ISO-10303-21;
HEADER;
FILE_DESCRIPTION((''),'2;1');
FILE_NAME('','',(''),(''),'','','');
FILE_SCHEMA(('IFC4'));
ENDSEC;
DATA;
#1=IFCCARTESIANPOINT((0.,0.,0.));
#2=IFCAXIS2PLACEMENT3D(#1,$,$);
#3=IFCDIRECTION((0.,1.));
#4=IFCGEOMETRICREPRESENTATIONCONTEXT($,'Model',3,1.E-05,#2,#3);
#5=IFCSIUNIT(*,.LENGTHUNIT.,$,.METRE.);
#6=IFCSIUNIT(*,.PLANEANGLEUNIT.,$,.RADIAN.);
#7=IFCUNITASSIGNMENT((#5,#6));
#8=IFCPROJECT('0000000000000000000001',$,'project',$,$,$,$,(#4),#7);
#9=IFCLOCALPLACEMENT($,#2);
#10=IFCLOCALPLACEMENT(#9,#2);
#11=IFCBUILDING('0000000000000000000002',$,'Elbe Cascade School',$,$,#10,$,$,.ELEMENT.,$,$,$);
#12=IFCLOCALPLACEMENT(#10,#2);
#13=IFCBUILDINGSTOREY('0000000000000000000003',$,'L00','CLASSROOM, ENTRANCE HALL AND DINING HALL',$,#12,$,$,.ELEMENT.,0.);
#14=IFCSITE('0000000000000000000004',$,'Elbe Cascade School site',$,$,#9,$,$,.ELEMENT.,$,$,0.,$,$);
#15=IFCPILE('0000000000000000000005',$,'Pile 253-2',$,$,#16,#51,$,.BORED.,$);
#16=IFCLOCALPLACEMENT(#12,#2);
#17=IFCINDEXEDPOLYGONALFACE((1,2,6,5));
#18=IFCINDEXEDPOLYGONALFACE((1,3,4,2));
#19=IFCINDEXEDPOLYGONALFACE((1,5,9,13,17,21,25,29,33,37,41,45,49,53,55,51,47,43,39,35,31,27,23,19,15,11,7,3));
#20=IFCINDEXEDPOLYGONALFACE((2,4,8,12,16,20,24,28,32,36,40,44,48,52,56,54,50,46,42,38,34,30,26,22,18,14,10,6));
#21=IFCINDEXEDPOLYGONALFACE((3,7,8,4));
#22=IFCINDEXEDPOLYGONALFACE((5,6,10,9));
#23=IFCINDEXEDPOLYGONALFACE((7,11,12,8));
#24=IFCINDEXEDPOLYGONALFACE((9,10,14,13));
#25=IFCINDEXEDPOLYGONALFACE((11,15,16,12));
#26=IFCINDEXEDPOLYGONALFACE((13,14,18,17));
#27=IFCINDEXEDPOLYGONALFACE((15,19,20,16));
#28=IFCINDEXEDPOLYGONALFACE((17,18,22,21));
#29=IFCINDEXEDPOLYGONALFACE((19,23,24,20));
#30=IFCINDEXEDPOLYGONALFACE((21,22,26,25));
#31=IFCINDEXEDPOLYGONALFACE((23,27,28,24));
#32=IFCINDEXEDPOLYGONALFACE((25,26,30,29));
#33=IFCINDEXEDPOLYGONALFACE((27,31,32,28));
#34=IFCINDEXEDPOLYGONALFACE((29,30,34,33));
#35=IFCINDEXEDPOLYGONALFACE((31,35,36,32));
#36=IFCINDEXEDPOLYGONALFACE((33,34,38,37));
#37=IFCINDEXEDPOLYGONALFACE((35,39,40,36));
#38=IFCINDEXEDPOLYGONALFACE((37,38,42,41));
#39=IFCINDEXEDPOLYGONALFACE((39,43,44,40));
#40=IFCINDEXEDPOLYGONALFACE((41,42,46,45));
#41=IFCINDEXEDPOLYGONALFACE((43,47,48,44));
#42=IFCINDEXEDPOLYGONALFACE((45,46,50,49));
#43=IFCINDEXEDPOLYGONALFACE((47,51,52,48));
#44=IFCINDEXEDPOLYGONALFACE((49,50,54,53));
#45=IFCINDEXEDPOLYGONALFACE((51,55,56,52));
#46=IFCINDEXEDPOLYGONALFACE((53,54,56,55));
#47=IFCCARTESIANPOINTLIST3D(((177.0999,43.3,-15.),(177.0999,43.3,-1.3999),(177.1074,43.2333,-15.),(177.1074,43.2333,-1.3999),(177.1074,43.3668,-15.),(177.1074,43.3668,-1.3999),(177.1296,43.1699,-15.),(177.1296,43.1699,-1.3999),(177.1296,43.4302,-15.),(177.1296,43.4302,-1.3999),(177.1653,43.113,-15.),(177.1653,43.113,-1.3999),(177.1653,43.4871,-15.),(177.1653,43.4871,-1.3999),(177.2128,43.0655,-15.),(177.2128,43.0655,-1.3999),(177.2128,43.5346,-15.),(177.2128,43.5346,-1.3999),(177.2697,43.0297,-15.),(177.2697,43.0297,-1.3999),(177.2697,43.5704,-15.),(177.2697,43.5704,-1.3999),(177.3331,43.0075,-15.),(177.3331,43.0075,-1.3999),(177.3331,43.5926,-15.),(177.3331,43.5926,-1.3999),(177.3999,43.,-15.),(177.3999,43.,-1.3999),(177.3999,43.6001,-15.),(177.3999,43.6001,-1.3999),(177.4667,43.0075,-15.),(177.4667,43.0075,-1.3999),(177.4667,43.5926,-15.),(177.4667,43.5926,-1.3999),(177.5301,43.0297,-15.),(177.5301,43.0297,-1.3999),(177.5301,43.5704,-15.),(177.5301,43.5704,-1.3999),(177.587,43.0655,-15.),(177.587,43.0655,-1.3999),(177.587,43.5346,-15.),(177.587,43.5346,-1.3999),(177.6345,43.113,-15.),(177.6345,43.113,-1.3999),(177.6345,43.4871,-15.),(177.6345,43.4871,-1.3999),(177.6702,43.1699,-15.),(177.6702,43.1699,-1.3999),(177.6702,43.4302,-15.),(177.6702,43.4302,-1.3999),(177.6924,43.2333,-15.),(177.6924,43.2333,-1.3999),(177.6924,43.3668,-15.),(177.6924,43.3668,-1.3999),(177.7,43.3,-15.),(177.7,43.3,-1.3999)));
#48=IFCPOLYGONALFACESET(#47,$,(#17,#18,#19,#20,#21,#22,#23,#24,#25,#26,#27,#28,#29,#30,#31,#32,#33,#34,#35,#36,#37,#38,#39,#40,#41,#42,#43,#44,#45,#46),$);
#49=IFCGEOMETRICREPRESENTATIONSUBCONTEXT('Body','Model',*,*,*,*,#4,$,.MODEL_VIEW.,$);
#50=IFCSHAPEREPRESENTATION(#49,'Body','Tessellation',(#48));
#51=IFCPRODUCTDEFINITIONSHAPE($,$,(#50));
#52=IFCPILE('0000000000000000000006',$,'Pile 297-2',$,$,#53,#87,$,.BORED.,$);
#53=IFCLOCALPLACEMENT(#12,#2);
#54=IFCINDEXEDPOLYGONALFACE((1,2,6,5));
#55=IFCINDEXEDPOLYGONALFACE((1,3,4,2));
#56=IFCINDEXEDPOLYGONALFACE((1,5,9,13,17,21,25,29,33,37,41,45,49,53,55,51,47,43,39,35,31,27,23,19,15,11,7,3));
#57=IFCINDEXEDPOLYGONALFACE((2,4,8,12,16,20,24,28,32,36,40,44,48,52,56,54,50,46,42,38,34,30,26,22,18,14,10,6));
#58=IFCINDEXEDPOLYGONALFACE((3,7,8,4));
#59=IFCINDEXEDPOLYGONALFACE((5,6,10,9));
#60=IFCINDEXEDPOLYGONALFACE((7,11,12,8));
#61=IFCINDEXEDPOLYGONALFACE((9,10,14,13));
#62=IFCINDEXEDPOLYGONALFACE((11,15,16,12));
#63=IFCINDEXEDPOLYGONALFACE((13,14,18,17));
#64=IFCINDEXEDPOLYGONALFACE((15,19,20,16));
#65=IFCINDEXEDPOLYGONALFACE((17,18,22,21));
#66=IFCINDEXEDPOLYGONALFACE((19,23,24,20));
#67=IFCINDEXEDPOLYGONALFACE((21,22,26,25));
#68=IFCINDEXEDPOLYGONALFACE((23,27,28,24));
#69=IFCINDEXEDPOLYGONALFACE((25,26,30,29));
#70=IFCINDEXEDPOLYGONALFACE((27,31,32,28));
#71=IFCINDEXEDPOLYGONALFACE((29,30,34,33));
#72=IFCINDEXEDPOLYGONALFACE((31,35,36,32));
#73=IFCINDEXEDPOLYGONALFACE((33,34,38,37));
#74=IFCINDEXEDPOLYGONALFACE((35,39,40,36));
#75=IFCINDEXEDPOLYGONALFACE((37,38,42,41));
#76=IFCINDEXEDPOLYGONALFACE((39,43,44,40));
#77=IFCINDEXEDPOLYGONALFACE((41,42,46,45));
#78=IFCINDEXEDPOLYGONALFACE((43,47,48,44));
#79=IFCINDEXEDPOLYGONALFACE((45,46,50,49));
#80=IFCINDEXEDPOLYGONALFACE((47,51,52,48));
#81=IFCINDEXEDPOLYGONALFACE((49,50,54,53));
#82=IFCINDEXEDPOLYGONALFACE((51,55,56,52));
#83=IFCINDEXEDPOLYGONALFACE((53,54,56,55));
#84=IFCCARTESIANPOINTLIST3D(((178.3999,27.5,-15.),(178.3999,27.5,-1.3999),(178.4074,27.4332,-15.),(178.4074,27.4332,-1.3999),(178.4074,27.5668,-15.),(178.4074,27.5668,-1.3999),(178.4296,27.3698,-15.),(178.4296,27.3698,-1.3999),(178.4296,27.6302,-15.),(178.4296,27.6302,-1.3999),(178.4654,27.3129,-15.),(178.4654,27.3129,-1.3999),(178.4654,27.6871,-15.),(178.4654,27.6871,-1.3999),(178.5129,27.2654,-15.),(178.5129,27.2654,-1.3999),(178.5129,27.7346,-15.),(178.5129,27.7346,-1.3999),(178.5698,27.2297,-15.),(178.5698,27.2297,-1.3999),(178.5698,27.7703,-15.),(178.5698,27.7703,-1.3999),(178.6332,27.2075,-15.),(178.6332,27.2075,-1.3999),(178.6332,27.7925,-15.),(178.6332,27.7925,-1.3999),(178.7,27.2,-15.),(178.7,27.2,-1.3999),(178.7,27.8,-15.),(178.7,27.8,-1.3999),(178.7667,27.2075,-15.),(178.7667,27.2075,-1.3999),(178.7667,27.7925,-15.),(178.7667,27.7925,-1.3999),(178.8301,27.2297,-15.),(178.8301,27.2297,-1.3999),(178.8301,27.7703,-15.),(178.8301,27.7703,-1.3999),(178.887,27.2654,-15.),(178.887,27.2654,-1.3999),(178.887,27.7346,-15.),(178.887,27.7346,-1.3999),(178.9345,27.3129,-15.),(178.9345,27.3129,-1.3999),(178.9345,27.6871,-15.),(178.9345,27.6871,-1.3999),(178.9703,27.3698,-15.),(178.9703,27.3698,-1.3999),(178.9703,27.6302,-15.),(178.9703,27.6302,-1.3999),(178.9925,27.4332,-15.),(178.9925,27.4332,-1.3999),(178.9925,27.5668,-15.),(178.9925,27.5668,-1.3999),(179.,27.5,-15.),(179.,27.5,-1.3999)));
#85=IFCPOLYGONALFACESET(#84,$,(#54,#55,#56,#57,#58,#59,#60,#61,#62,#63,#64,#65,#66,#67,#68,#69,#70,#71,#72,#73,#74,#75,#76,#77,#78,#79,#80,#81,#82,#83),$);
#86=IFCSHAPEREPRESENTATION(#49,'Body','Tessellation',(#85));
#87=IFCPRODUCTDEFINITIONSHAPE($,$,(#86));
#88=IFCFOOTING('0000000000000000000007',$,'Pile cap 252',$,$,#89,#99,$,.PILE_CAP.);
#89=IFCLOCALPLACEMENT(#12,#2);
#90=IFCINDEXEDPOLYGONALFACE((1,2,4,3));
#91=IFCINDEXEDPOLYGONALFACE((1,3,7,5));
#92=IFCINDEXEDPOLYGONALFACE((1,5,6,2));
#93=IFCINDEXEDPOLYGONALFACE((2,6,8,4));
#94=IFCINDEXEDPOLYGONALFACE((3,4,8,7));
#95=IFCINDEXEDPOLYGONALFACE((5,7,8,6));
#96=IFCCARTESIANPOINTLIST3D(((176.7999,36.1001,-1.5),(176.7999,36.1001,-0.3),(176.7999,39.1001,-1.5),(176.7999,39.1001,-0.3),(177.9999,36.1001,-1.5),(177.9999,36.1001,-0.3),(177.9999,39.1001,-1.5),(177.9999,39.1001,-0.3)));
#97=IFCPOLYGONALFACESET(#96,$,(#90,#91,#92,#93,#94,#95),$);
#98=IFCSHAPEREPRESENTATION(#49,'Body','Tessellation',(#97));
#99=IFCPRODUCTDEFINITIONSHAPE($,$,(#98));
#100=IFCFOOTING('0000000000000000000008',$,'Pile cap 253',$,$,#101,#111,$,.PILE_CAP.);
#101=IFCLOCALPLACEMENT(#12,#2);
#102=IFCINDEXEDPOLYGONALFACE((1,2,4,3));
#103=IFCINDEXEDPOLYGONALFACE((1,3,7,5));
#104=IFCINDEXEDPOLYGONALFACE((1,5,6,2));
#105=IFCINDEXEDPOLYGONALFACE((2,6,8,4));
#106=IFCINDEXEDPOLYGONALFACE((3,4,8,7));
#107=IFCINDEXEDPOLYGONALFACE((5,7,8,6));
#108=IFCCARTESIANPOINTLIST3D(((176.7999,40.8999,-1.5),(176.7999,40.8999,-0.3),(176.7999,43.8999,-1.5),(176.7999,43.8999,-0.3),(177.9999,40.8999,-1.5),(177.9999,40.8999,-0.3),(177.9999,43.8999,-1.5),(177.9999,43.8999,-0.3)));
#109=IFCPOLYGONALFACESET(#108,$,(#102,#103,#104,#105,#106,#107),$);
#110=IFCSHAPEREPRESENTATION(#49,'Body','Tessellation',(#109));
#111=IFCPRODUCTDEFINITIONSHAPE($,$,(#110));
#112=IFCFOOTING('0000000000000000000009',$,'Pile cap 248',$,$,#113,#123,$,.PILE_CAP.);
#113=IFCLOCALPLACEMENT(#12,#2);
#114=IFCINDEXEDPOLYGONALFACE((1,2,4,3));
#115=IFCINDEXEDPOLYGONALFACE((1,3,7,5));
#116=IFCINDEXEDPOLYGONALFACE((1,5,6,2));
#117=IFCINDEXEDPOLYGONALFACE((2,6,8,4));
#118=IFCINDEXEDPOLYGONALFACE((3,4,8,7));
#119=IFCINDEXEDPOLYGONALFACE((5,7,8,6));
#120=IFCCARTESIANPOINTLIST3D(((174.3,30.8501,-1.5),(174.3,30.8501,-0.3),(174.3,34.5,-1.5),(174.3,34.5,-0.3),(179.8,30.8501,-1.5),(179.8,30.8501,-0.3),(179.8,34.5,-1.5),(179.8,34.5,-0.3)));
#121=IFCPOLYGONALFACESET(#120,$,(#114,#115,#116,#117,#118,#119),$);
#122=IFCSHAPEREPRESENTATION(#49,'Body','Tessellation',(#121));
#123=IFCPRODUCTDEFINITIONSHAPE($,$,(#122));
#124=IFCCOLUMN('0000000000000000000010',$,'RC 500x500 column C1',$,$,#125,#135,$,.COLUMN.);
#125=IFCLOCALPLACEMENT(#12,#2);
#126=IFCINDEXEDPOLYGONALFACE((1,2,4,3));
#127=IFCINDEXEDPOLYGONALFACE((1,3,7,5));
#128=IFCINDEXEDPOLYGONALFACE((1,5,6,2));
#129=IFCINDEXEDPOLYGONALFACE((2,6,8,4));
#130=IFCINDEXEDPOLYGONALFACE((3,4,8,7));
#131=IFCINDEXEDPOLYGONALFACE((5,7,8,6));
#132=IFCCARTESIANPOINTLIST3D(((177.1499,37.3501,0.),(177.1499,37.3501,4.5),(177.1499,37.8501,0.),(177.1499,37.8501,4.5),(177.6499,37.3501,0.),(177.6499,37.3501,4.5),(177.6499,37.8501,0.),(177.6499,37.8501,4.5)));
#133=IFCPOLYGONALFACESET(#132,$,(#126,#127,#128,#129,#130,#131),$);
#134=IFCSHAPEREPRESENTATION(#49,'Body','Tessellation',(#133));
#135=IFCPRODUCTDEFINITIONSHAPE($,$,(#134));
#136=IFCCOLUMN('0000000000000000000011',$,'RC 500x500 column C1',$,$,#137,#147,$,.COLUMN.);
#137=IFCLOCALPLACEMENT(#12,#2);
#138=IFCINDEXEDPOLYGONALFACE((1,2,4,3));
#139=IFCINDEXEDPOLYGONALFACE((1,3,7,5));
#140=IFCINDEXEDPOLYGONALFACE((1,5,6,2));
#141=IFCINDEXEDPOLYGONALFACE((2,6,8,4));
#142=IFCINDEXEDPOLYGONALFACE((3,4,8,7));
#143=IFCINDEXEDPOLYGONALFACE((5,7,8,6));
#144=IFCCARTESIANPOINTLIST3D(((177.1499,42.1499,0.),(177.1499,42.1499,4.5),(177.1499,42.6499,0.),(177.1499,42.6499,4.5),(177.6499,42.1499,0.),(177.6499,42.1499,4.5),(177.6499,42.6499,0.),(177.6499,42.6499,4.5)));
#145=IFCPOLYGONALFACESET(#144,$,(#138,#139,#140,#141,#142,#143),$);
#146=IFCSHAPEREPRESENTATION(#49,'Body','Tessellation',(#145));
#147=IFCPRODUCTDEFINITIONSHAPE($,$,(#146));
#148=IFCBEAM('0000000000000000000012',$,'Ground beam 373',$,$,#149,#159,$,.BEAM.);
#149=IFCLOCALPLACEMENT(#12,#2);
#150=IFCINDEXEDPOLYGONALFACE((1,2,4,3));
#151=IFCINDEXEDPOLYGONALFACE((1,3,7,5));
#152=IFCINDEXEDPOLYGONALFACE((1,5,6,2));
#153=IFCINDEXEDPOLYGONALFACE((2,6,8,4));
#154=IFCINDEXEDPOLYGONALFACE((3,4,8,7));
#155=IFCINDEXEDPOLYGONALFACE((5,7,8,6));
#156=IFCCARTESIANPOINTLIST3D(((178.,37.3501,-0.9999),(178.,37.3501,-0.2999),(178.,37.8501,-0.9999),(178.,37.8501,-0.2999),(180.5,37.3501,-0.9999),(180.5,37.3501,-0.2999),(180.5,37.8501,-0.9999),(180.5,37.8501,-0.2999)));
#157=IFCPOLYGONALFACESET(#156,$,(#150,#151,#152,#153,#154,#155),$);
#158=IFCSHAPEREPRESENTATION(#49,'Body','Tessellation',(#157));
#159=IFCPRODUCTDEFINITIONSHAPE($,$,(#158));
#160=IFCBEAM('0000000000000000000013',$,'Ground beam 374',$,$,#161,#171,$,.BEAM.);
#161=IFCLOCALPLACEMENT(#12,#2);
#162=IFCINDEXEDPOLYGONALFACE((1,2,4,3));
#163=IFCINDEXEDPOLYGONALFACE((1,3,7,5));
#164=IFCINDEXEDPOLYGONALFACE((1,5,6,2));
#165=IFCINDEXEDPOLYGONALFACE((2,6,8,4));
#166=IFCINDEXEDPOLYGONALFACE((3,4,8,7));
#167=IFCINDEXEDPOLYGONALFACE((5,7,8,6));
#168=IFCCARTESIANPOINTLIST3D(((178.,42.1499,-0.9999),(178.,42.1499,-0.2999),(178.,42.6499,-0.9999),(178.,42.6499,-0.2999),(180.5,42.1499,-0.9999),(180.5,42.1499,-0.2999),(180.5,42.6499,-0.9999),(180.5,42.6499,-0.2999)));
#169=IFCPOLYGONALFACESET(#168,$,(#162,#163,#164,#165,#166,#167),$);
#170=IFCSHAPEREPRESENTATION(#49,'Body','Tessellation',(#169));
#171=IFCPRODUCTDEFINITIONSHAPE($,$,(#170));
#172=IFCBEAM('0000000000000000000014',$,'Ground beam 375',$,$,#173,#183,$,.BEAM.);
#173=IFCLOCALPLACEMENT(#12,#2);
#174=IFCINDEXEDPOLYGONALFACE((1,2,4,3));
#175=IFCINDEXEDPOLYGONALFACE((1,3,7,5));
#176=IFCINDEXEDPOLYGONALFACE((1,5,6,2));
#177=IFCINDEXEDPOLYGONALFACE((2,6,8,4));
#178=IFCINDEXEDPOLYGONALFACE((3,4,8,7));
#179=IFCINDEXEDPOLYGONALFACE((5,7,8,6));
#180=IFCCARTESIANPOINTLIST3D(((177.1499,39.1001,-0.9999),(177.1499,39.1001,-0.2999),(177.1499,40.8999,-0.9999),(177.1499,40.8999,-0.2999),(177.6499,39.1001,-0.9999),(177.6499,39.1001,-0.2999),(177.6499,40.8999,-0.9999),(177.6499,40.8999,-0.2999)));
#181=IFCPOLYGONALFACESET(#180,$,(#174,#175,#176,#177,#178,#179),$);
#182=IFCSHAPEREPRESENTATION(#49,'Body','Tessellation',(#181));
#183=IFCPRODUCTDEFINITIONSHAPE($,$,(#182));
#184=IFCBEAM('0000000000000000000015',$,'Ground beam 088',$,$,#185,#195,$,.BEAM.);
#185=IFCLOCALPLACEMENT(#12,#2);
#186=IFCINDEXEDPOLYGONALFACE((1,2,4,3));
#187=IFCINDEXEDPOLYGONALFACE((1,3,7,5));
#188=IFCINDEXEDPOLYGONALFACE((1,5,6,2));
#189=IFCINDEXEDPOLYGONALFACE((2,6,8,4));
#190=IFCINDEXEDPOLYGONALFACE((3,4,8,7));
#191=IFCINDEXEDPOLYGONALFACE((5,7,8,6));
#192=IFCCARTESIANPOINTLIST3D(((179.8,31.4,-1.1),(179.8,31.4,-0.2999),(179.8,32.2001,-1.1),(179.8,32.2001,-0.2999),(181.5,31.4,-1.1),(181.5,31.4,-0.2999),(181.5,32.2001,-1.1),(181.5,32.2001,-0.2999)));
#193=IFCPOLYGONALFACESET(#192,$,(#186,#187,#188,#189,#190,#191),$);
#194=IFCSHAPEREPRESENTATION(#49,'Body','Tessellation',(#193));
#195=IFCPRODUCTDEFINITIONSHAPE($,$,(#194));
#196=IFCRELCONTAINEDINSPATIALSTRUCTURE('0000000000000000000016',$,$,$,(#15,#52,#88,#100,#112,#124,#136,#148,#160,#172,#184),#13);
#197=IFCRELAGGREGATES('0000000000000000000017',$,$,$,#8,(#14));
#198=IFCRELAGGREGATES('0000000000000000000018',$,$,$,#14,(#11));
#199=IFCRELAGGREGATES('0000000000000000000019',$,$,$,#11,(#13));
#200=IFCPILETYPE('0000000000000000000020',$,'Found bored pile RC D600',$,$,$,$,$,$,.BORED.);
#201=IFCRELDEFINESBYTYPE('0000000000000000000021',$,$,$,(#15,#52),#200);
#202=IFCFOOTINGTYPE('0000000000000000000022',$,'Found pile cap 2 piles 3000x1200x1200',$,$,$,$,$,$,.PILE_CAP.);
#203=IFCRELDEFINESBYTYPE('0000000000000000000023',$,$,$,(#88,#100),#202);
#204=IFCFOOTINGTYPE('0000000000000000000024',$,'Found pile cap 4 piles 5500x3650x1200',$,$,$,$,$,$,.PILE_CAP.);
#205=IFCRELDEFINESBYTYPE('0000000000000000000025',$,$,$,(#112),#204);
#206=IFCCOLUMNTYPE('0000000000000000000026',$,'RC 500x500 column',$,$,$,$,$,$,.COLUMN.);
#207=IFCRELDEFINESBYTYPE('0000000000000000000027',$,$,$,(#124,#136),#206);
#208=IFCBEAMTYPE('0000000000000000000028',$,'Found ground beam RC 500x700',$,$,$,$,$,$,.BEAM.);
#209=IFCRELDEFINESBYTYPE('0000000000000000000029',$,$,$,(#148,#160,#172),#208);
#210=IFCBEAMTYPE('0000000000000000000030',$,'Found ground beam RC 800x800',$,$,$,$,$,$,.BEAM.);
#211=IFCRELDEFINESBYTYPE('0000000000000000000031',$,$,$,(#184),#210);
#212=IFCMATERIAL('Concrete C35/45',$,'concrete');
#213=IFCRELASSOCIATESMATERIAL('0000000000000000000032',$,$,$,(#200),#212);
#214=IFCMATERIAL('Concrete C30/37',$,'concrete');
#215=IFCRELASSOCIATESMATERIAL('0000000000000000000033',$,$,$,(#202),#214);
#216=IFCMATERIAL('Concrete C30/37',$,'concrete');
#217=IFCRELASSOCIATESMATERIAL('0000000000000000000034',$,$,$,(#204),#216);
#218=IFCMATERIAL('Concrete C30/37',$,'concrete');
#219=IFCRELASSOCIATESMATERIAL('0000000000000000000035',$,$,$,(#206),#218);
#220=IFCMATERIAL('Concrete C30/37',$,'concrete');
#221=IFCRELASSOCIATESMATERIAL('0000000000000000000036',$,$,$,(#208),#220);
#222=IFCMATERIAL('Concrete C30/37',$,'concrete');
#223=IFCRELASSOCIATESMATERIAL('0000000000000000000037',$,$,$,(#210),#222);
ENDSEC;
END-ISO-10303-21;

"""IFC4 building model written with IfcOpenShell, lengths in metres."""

from ifc_helpers import new_model, si_unit, direction, frame, origin, origin_2d, place, context, subcontext, project, spatial, rectangle, circle, extrude, material, material_profile, profile_set, type_object, element, save


model = new_model("IFC4")

# Units and contexts
model_context = context("Model", 3, precision=1e-05, world=origin(), true_north=direction((0.0, 1.0)))
body_context = subcontext(model_context, "Body", "Model", "MODEL_VIEW")
ifc_project = project(units=[si_unit("LENGTHUNIT", "METRE"), si_unit("PLANEANGLEUNIT", "RADIAN")], contexts=[model_context])

# Site, building, storey
site_placement = place(None, origin())
site = spatial("IfcSite", under=ifc_project, at=site_placement, Name="Elbe Cascade School site", CompositionType="ELEMENT", RefElevation=0.0)
building_placement = place(site_placement, origin())
building = spatial("IfcBuilding", under=site, at=building_placement, Name="Elbe Cascade School", CompositionType="ELEMENT")
storey_placement = place(building_placement, origin())
storey = spatial("IfcBuildingStorey", under=building, at=storey_placement, Name="L00", Description="CLASSROOM, ENTRANCE HALL AND DINING HALL", CompositionType="ELEMENT", Elevation=0.0)

# Piles
ifc_material_1 = material(Name="Concrete C35/45", Category="concrete")
ifc_material_profile_1 = material_profile(ifc_material_1, circle(Radius=0.3, at=origin_2d()), Name="RC D600")
ifc_profile_set_1 = profile_set([ifc_material_profile_1], Name="Concrete C35/45")
pile_type = type_object("IfcPileType", Name="Found bored pile RC D600", PredefinedType="BORED", material=ifc_profile_set_1)
for number, where, z_axis, x_axis, name in (
    (1, (177.3999, 43.3, -1.3999), (0.0, 0.0, -1.0), (1.0, 0.0, 0.0), "Pile 253-2"),
    (2, (178.7, 27.5, -1.3999), (0.0, 0.0, -1.0), (1.0, 0.0, 0.0), "Pile 297-2"),
):
    element("IfcPile", number, at=place(storey_placement, frame(where, z_axis=z_axis, x_axis=x_axis)), inside=storey, type_object=pile_type, Name=name, PredefinedType="BORED", context=body_context, shape_type="SweptSolid", body=[
        extrude(circle(Radius=0.3, at=origin_2d()), origin(), (0.0, 0.0, 1.0), 13.6001),
    ])

# Footings
ifc_material_2 = material(Name="Concrete C30/37", Category="concrete")
footing_type_1 = type_object("IfcFootingType", Name="Found pile cap 2 piles 3000x1200x1200", PredefinedType="PILE_CAP", material=ifc_material_2)
for number, where, z_axis, x_axis, name in (
    (3, (177.3999, 37.6001, -1.5), (0.0, 0.0, 1.0), (1.0, 0.0, 0.0), "Pile cap 252"),
    (4, (177.3999, 42.3999, -1.5), (0.0, 0.0, 1.0), (1.0, 0.0, 0.0), "Pile cap 253"),
):
    element("IfcFooting", number, at=place(storey_placement, frame(where, z_axis=z_axis, x_axis=x_axis)), inside=storey, type_object=footing_type_1, Name=name, PredefinedType="PILE_CAP", context=body_context, shape_type="SweptSolid", body=[
        extrude(rectangle(XDim=1.2, YDim=3.0, at=origin_2d()), origin(), (0.0, 0.0, 1.0), 1.2),
    ])
ifc_material_3 = material(Name="Concrete C30/37", Category="concrete")
footing_type_2 = type_object("IfcFootingType", Name="Found pile cap 4 piles 5500x3650x1200", PredefinedType="PILE_CAP", material=ifc_material_3)
footing_placement = place(storey_placement, frame((177.05, 32.675, -1.5), z_axis=(0.0, 0.0, 1.0), x_axis=(1.0, 0.0, 0.0)))
element("IfcFooting", 5, at=footing_placement, inside=storey, type_object=footing_type_2, Name="Pile cap 248", PredefinedType="PILE_CAP", context=body_context, shape_type="SweptSolid", body=[
    extrude(rectangle(XDim=5.5, YDim=3.6499, at=origin_2d()), origin(), (0.0, 0.0, 1.0), 1.2),
])

# Columns
ifc_material_4 = material(Name="Concrete C30/37", Category="concrete")
ifc_material_profile_2 = material_profile(ifc_material_4, rectangle(XDim=0.5, YDim=0.5, at=origin_2d()), Name="RC 500x500")
ifc_profile_set_2 = profile_set([ifc_material_profile_2], Name="Concrete C30/37")
column_type = type_object("IfcColumnType", Name="RC 500x500 column", PredefinedType="COLUMN", material=ifc_profile_set_2)
for number, where, z_axis, x_axis, name in (
    (6, (177.3999, 37.6001, 0.0), (0.0, 0.0, 1.0), (1.0, 0.0, 0.0), "RC 500x500 column C1"),
    (7, (177.3999, 42.3999, 0.0), (0.0, 0.0, 1.0), (1.0, 0.0, 0.0), "RC 500x500 column C1"),
):
    element("IfcColumn", number, at=place(storey_placement, frame(where, z_axis=z_axis, x_axis=x_axis)), inside=storey, type_object=column_type, Name=name, PredefinedType="COLUMN", context=body_context, shape_type="SweptSolid", body=[
        extrude(rectangle(XDim=0.5, YDim=0.5, at=origin_2d()), origin(), (0.0, 0.0, 1.0), 4.5),
    ])

# Beams
ifc_material_5 = material(Name="Concrete C30/37", Category="concrete")
ifc_material_profile_3 = material_profile(ifc_material_5, rectangle(XDim=0.5, YDim=0.7, at=origin_2d()), Name="RC 500x700")
ifc_profile_set_3 = profile_set([ifc_material_profile_3], Name="Concrete C30/37")
beam_type_1 = type_object("IfcBeamType", Name="Found ground beam RC 500x700", PredefinedType="BEAM", material=ifc_profile_set_3)
for number, where, z_axis, x_axis, name in (
    (8, (178.0, 37.6001, -0.6499), (1.0, 0.0, 0.0), (0.0, 1.0, 0.0), "Ground beam 373"),
    (9, (178.0, 42.3999, -0.6499), (1.0, 0.0, 0.0), (0.0, 1.0, 0.0), "Ground beam 374"),
):
    element("IfcBeam", number, at=place(storey_placement, frame(where, z_axis=z_axis, x_axis=x_axis)), inside=storey, type_object=beam_type_1, Name=name, PredefinedType="BEAM", context=body_context, shape_type="SweptSolid", body=[
        extrude(rectangle(XDim=0.5, YDim=0.7, at=origin_2d()), origin(), (0.0, 0.0, 1.0), 2.5),
    ])
beam_placement = place(storey_placement, frame((177.3999, 39.1001, -0.6499), z_axis=(0.0, 1.0, 0.0), x_axis=(-1.0, 0.0, 0.0)))
element("IfcBeam", 10, at=beam_placement, inside=storey, type_object=beam_type_1, Name="Ground beam 375", PredefinedType="BEAM", context=body_context, shape_type="SweptSolid", body=[
    extrude(rectangle(XDim=0.5, YDim=0.7, at=origin_2d()), origin(), (0.0, 0.0, 1.0), 1.7998),
])
ifc_material_6 = material(Name="Concrete C30/37", Category="concrete")
ifc_material_profile_4 = material_profile(ifc_material_6, rectangle(XDim=0.8, YDim=0.8, at=origin_2d()), Name="RC 800x800")
ifc_profile_set_4 = profile_set([ifc_material_profile_4], Name="Concrete C30/37")
beam_type_2 = type_object("IfcBeamType", Name="Found ground beam RC 800x800", PredefinedType="BEAM", material=ifc_profile_set_4)
for number, where, z_axis, x_axis, name in (
    (11, (179.8, 31.8, -0.7), (1.0, 0.0, 0.0), (0.0, 1.0, 0.0), "Ground beam 088"),
):
    element("IfcBeam", number, at=place(storey_placement, frame(where, z_axis=z_axis, x_axis=x_axis)), inside=storey, type_object=beam_type_2, Name=name, PredefinedType="BEAM", context=body_context, shape_type="SweptSolid", body=[
        extrude(rectangle(XDim=0.8, YDim=0.8, at=origin_2d()), origin(), (0.0, 0.0, 1.0), 1.7),
    ])

save(model, "model.ifc")
